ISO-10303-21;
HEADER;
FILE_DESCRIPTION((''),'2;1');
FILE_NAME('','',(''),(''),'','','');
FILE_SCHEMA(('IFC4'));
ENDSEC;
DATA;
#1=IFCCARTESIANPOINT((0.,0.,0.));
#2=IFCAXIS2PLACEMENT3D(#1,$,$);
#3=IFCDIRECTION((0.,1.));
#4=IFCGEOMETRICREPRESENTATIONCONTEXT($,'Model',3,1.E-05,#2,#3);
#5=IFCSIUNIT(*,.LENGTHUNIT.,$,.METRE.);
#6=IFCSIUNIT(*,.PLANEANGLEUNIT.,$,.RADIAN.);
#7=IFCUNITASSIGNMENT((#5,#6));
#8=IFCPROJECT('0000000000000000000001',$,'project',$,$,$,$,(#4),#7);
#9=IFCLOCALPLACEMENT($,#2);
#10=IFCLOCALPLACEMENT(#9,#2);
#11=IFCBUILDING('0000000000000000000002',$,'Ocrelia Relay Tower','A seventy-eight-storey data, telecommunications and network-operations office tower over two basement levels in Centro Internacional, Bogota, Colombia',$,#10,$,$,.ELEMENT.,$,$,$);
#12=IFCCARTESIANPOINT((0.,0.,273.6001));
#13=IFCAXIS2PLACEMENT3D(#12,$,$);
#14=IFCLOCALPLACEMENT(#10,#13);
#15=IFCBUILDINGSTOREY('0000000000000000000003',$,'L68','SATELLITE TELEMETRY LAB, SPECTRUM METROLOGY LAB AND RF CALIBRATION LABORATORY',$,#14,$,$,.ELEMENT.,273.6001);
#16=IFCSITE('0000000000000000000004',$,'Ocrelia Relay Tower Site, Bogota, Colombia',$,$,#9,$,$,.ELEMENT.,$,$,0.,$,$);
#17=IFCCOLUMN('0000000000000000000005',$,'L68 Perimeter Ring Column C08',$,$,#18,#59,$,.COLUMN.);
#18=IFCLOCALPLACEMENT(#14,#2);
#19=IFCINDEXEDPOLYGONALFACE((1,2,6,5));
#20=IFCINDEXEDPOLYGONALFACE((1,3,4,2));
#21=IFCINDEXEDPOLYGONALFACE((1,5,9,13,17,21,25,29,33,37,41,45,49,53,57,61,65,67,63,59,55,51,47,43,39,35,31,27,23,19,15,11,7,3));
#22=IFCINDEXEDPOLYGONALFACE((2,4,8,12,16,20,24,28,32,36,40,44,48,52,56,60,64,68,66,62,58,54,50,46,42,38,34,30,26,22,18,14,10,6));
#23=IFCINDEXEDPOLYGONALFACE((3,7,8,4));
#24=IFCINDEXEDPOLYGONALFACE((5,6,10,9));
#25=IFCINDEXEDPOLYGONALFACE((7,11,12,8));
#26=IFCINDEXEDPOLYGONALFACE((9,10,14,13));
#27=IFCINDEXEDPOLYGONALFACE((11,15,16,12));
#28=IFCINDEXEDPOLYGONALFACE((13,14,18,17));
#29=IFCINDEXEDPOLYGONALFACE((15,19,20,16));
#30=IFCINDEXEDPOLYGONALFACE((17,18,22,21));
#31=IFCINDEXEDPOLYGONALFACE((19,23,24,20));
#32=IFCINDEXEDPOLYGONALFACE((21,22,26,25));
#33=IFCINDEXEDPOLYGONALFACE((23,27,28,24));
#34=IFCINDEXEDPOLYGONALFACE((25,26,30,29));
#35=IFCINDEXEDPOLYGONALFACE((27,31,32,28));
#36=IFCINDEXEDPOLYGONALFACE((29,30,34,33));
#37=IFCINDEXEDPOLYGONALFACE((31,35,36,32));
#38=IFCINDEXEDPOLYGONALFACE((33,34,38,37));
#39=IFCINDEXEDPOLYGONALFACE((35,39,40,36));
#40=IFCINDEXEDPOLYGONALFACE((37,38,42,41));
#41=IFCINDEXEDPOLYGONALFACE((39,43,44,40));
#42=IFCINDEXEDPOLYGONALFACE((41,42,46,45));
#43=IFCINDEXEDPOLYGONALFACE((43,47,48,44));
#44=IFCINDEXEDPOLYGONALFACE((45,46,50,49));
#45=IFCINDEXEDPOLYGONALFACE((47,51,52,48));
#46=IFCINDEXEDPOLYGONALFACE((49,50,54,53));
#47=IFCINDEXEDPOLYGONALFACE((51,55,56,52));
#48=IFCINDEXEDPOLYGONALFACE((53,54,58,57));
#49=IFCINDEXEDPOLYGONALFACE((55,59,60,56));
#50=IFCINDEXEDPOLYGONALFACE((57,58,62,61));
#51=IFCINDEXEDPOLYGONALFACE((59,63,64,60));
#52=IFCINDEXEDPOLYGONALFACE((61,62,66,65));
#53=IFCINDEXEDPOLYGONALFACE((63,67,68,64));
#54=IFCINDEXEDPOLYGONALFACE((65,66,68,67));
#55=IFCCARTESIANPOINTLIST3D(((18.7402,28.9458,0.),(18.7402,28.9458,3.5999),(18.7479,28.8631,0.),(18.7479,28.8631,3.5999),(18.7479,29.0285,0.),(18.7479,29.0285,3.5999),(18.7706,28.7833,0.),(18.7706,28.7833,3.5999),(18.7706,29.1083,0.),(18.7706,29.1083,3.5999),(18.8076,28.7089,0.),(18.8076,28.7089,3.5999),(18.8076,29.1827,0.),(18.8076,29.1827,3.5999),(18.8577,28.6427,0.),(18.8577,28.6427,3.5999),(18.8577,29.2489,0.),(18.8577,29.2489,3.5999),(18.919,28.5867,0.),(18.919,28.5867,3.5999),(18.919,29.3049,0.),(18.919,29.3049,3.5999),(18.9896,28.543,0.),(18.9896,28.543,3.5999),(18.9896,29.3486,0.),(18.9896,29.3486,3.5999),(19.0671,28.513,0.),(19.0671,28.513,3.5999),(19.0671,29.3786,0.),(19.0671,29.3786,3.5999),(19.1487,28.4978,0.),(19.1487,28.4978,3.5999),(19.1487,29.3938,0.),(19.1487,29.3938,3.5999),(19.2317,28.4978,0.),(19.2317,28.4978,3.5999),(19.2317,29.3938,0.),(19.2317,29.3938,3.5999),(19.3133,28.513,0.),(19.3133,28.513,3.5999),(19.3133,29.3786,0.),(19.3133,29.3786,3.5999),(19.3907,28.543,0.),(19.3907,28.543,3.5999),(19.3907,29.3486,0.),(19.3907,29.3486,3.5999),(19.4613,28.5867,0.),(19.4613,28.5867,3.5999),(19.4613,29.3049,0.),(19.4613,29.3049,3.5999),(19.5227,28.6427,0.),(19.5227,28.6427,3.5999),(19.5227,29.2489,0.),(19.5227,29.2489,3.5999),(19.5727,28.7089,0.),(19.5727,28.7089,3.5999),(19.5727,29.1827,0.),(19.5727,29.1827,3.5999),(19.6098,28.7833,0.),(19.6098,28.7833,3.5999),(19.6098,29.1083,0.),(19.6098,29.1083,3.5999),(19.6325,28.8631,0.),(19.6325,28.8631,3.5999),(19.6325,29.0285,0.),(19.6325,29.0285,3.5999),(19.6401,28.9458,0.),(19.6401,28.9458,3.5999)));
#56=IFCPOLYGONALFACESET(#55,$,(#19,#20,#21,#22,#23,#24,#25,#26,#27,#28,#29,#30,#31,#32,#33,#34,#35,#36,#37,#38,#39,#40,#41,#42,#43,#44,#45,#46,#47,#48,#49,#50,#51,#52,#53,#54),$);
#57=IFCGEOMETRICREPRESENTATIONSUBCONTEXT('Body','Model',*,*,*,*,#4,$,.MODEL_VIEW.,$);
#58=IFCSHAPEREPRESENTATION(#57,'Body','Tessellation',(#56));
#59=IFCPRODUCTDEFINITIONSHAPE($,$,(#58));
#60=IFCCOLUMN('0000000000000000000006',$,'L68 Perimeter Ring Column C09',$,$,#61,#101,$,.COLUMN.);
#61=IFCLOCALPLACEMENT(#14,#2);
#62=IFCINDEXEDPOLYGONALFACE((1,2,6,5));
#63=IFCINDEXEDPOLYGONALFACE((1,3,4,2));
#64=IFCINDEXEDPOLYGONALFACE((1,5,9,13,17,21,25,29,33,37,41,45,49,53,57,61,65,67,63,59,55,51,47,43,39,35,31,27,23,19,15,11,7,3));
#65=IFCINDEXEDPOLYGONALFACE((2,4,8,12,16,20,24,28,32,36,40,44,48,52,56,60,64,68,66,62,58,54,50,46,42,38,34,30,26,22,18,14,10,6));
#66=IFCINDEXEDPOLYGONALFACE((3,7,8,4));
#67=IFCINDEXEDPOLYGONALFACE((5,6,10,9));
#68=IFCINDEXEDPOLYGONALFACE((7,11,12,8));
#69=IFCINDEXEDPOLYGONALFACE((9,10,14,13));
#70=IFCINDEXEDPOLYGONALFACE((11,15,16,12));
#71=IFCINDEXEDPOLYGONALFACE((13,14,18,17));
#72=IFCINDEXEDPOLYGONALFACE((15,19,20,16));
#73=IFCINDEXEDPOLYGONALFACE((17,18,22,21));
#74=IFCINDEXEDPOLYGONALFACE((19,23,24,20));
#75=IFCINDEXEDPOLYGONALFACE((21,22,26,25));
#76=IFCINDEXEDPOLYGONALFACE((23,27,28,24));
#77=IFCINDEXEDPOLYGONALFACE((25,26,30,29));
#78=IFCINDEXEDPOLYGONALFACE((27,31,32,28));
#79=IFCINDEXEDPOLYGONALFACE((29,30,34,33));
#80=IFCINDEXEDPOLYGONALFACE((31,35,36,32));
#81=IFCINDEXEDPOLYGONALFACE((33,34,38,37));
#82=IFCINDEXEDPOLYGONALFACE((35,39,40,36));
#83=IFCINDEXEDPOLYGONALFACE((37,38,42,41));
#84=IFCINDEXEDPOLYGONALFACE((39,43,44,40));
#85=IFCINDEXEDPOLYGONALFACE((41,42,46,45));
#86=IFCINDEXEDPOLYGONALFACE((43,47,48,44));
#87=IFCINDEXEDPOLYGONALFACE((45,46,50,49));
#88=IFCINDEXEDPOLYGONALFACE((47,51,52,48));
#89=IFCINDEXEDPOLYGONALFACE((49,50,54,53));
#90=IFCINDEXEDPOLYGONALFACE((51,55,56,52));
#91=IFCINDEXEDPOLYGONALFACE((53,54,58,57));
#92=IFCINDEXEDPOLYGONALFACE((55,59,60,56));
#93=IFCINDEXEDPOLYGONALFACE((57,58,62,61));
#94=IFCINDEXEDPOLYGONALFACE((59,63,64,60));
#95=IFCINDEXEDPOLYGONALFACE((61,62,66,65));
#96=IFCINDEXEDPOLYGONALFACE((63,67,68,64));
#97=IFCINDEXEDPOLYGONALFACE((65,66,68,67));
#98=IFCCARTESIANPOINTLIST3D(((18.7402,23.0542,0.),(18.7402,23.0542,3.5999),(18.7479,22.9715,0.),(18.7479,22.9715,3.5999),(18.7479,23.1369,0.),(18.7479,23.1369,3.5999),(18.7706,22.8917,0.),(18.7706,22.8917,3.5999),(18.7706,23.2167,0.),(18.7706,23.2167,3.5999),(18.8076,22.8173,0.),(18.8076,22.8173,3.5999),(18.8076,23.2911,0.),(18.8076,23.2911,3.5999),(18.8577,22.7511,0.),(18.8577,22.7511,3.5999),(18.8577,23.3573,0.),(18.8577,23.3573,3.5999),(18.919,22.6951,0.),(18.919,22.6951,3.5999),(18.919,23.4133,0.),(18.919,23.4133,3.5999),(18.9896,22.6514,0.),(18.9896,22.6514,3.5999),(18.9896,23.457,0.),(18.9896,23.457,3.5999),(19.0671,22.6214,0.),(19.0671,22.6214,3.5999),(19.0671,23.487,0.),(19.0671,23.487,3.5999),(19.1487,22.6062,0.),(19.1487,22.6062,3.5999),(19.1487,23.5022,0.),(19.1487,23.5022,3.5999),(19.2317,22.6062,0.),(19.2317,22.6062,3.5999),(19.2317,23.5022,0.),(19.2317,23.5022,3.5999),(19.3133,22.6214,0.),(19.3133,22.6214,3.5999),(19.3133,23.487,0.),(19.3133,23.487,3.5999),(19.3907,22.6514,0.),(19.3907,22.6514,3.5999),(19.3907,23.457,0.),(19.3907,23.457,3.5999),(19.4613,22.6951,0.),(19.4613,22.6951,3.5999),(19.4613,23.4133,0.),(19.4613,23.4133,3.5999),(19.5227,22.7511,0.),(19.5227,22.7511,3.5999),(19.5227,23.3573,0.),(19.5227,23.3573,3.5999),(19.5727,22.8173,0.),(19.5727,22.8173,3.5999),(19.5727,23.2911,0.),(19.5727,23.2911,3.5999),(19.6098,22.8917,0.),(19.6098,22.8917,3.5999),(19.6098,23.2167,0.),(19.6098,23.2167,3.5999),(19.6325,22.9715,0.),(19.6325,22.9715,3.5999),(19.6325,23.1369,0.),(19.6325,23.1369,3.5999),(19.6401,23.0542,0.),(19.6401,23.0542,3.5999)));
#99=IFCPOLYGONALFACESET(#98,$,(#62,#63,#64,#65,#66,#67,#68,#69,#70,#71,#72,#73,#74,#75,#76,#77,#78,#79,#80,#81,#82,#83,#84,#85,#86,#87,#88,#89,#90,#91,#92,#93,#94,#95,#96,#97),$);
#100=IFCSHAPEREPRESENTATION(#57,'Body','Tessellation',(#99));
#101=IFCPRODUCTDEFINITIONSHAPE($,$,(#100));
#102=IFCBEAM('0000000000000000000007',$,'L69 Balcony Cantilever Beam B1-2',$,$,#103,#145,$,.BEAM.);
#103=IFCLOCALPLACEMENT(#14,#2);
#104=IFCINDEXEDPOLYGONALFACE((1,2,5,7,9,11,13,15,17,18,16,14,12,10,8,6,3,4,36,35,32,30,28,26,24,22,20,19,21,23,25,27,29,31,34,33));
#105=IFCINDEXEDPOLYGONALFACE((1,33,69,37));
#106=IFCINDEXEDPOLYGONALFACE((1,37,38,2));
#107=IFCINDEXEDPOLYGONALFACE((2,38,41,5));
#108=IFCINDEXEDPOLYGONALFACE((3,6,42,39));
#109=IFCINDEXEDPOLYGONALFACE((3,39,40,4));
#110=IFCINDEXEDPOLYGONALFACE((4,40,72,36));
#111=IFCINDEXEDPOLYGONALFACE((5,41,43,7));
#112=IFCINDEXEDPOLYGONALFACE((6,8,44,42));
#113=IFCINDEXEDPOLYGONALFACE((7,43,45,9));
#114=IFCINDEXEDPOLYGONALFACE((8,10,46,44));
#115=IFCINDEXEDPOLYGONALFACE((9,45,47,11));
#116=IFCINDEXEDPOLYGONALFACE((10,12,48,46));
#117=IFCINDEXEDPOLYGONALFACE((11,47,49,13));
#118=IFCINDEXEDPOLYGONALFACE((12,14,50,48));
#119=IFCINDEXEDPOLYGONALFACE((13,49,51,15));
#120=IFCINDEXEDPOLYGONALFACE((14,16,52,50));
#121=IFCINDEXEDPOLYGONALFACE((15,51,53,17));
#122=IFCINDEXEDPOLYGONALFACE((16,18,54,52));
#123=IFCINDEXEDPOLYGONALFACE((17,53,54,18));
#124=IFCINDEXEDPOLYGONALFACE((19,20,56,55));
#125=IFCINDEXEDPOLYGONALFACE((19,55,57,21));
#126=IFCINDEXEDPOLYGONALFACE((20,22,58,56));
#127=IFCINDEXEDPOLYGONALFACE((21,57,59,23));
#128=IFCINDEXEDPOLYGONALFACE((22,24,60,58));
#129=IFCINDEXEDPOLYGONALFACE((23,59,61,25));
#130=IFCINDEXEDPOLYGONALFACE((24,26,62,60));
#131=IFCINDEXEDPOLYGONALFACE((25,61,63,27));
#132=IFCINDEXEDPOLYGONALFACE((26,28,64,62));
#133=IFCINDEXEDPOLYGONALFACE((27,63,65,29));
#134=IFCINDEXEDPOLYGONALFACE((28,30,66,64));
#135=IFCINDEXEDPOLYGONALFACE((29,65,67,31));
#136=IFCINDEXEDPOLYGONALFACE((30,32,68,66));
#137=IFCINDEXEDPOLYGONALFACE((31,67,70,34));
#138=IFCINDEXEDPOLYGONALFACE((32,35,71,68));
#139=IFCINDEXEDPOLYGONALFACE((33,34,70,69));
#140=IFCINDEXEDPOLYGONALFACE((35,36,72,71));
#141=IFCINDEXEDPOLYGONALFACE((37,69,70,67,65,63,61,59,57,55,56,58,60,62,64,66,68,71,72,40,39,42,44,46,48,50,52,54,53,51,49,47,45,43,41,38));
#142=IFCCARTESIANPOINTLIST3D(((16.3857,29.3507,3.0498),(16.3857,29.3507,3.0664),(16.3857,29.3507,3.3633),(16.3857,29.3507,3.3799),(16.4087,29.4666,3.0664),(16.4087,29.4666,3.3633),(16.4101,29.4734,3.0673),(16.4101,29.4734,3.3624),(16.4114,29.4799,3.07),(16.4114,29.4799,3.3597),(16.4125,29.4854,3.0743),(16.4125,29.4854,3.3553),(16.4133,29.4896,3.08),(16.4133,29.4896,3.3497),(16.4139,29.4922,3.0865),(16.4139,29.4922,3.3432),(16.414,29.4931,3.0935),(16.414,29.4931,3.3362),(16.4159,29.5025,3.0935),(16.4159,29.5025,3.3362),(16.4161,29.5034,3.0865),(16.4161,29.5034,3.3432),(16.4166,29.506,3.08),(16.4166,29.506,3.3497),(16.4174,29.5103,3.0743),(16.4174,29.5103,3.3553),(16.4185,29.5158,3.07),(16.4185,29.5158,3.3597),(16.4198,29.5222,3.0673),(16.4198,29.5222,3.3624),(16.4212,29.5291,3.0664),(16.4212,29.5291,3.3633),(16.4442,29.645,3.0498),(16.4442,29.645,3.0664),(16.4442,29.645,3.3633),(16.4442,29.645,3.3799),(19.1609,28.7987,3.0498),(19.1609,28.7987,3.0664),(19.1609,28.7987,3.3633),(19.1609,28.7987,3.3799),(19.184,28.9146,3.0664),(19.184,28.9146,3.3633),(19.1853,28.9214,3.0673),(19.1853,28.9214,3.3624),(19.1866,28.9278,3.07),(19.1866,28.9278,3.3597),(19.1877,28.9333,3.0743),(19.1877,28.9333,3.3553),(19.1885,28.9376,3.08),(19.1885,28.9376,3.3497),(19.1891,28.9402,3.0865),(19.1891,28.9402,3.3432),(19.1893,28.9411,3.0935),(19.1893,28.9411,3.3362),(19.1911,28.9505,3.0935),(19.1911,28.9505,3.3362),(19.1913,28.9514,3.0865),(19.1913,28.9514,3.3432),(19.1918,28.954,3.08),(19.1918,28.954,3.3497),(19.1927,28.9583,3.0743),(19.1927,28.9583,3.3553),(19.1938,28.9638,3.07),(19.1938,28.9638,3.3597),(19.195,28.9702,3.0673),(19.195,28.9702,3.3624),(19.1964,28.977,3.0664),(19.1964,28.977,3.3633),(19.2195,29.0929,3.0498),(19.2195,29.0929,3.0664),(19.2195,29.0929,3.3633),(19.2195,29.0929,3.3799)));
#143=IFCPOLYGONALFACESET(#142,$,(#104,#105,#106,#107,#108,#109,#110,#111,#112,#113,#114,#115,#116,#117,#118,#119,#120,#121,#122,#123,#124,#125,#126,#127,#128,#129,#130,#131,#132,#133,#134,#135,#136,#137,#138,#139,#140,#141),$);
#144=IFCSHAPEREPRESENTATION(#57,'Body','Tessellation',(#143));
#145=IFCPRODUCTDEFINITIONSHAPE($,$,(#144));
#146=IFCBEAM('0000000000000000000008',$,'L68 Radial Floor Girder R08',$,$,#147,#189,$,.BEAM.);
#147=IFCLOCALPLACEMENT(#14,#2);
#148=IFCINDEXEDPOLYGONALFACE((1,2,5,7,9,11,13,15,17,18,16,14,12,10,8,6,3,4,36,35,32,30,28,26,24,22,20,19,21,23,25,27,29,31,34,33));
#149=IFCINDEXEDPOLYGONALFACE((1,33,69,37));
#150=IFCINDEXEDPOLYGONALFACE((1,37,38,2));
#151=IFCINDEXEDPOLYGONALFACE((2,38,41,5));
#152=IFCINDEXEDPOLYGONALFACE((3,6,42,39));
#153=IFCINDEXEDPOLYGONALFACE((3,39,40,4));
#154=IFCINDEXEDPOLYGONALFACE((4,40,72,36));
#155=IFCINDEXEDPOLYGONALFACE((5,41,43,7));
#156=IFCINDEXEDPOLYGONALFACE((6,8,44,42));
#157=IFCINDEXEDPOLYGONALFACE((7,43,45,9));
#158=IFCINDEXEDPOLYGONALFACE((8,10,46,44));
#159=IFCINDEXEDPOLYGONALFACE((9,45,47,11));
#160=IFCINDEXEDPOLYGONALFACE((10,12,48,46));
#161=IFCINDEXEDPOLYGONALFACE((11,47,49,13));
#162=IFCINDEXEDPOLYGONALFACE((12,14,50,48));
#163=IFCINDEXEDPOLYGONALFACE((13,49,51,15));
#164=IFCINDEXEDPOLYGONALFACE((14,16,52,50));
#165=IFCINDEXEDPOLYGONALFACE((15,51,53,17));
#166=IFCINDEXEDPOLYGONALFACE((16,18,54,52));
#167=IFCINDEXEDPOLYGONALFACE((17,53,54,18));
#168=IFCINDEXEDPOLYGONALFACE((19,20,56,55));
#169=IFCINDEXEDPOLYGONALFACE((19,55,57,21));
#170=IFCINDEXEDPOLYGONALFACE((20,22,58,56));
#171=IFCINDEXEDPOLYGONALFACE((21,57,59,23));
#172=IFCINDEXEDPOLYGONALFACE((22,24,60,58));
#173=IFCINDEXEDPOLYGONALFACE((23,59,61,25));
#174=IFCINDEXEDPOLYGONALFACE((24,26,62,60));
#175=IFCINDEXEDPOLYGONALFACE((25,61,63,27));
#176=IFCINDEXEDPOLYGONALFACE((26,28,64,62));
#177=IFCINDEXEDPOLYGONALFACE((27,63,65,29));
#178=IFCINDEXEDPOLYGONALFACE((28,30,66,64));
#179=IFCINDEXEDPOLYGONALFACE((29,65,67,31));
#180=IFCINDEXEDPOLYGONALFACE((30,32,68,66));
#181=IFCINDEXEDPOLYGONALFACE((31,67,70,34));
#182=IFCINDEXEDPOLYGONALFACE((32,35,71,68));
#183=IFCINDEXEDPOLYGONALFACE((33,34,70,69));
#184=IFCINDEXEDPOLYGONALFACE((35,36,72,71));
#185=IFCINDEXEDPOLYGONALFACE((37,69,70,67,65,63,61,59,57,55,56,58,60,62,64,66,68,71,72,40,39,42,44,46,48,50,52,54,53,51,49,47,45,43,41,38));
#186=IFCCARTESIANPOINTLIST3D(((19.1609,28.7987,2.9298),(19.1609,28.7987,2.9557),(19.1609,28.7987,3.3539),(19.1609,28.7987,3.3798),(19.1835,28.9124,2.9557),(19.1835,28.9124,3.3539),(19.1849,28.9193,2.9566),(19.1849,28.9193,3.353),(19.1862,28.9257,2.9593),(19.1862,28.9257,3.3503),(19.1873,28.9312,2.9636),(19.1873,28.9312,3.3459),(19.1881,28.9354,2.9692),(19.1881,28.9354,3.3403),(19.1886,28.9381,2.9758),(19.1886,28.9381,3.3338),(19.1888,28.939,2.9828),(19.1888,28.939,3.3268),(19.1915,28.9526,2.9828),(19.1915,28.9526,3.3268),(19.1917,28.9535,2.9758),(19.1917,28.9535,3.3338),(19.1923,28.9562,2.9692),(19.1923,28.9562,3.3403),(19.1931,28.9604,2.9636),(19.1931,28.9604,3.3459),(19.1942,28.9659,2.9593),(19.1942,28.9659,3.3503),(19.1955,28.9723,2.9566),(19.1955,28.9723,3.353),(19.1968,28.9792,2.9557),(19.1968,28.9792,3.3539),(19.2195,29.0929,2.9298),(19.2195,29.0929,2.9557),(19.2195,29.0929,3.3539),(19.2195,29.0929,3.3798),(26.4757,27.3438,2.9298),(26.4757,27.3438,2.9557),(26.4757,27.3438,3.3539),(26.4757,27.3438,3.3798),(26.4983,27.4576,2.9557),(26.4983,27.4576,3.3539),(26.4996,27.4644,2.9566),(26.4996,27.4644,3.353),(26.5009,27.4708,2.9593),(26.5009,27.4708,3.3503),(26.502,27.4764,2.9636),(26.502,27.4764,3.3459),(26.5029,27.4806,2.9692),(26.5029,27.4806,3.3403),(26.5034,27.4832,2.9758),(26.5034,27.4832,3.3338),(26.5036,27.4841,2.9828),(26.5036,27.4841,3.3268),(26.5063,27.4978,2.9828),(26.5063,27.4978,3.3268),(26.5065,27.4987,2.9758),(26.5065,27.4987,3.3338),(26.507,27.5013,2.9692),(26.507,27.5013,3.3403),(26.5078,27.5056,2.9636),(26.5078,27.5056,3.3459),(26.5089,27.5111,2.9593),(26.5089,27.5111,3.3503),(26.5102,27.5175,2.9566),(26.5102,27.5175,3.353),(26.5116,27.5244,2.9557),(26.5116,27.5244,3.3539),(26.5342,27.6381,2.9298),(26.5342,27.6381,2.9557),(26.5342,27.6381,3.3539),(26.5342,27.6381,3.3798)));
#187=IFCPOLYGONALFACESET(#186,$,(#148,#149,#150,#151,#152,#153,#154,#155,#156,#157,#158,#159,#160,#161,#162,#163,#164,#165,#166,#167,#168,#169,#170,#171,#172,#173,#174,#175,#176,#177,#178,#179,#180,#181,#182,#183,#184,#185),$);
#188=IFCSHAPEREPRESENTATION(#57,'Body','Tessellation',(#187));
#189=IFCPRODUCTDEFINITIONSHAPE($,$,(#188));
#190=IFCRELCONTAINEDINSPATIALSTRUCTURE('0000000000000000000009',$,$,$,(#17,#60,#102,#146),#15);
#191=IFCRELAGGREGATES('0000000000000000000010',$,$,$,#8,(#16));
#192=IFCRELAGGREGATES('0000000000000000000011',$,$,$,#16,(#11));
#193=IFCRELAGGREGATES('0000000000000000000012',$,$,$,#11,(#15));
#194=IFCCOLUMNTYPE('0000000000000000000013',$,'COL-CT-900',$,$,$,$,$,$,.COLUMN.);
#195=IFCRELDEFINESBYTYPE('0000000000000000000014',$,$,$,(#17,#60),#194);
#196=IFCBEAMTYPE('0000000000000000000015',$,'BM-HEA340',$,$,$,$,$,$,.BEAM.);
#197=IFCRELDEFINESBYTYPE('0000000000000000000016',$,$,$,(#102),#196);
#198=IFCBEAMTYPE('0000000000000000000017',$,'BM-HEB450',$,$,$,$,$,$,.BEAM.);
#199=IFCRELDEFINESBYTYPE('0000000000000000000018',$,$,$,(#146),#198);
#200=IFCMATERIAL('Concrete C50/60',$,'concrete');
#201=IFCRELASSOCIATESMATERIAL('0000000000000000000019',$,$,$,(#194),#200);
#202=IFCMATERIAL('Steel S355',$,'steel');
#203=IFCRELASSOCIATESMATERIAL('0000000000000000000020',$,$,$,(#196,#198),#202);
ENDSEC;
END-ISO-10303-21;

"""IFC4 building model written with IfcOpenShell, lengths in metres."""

from ifc_helpers import new_model, si_unit, direction, frame, origin, origin_2d, place, context, subcontext, project, spatial, circle, i_section, extrude, material, material_profile, profile_set, type_object, element, save


model = new_model("IFC4")

# Units and contexts
model_context = context("Model", 3, precision=1e-05, world=origin(), true_north=direction((0.0, 1.0)))
body_context = subcontext(model_context, "Body", "Model", "MODEL_VIEW")
ifc_project = project(units=[si_unit("LENGTHUNIT", "METRE"), si_unit("PLANEANGLEUNIT", "RADIAN")], contexts=[model_context])

# Site, building, storey
site_placement = place(None, origin())
site = spatial("IfcSite", under=ifc_project, at=site_placement, Name="Ocrelia Relay Tower Site, Bogota, Colombia", CompositionType="ELEMENT", RefElevation=0.0)
building_placement = place(site_placement, origin())
building = spatial("IfcBuilding", under=site, at=building_placement, Name="Ocrelia Relay Tower", Description="A seventy-eight-storey data, telecommunications and network-operations office tower over two basement levels in Centro Internacional, Bogota, Colombia", CompositionType="ELEMENT")
storey_placement = place(building_placement, frame((0.0, 0.0, 273.6001)))
storey = spatial("IfcBuildingStorey", under=building, at=storey_placement, Name="L68", Description="SATELLITE TELEMETRY LAB, SPECTRUM METROLOGY LAB AND RF CALIBRATION LABORATORY", CompositionType="ELEMENT", Elevation=273.6001)

# Columns
ifc_material_1 = material(Name="Concrete C50/60", Category="concrete")
ifc_material_profile_1 = material_profile(ifc_material_1, circle(Radius=0.45, at=origin_2d()), Name="RC-CIR-900")
ifc_profile_set_1 = profile_set([ifc_material_profile_1], Name="Concrete C50/60")
column_type = type_object("IfcColumnType", Name="COL-CT-900", PredefinedType="COLUMN", material=ifc_profile_set_1)
for number, where, z_axis, x_axis, name in (
    (1, (19.1902, 28.9458, 0.0), (0.0, 0.0, 1.0), (1.0, 0.0, 0.0), "L68 Perimeter Ring Column C08"),
    (2, (19.1902, 23.0542, 0.0), (0.0, 0.0, 1.0), (1.0, 0.0, 0.0), "L68 Perimeter Ring Column C09"),
):
    element("IfcColumn", number, at=place(storey_placement, frame(where, z_axis=z_axis, x_axis=x_axis)), inside=storey, type_object=column_type, Name=name, PredefinedType="COLUMN", context=body_context, shape_type="SweptSolid", body=[
        extrude(circle(Radius=0.45, at=origin_2d()), origin(), (0.0, 0.0, 1.0), 3.5999),
    ])

# Beams
ifc_material_2 = material(Name="Steel S355", Category="steel")
ifc_material_profile_2 = material_profile(ifc_material_2, i_section(OverallWidth=0.3, OverallDepth=0.3301, WebThickness=0.0095, FlangeThickness=0.0166, FilletRadius=0.0271, at=origin_2d()), Name="HEA 340")
ifc_profile_set_2 = profile_set([ifc_material_profile_2], Name="Steel S355")
beam_type_1 = type_object("IfcBeamType", Name="BM-HEA340", PredefinedType="BEAM", material=ifc_profile_set_2)
beam_1_placement = place(storey_placement, frame((19.1902, 28.9458, 3.2148), z_axis=(-0.980786, 0.195087, 0.0), x_axis=(-0.195087, -0.980786, 0.0)))
element("IfcBeam", 3, at=beam_1_placement, inside=storey, type_object=beam_type_1, Name="L69 Balcony Cantilever Beam B1-2", PredefinedType="BEAM", context=body_context, shape_type="SweptSolid", body=[
    extrude(i_section(OverallWidth=0.3, OverallDepth=0.3301, WebThickness=0.0095, FlangeThickness=0.0166, FilletRadius=0.0271, at=origin_2d()), origin(), (0.0, 0.0, 1.0), 2.8296),
])
ifc_material_profile_3 = material_profile(ifc_material_2, i_section(OverallWidth=0.3, OverallDepth=0.45, WebThickness=0.0139, FlangeThickness=0.0259, FilletRadius=0.0271, at=origin_2d()), Name="HEB 450")
ifc_profile_set_3 = profile_set([ifc_material_profile_3], Name="Steel S355")
beam_type_2 = type_object("IfcBeamType", Name="BM-HEB450", PredefinedType="BEAM", material=ifc_profile_set_3)
for number, where, z_axis, x_axis, name in (
    (4, (19.1902, 28.9458, 3.1548), (0.980789, -0.195071, 0.0), (0.195071, 0.980789, 0.0), "L68 Radial Floor Girder R08"),
):
    element("IfcBeam", number, at=place(storey_placement, frame(where, z_axis=z_axis, x_axis=x_axis)), inside=storey, type_object=beam_type_2, Name=name, PredefinedType="BEAM", context=body_context, shape_type="SweptSolid", body=[
        extrude(i_section(OverallWidth=0.3, OverallDepth=0.45, WebThickness=0.0139, FlangeThickness=0.0259, FilletRadius=0.0271, at=origin_2d()), origin(), (0.0, 0.0, 1.0), 7.458),
    ])

save(model, "model.ifc")
